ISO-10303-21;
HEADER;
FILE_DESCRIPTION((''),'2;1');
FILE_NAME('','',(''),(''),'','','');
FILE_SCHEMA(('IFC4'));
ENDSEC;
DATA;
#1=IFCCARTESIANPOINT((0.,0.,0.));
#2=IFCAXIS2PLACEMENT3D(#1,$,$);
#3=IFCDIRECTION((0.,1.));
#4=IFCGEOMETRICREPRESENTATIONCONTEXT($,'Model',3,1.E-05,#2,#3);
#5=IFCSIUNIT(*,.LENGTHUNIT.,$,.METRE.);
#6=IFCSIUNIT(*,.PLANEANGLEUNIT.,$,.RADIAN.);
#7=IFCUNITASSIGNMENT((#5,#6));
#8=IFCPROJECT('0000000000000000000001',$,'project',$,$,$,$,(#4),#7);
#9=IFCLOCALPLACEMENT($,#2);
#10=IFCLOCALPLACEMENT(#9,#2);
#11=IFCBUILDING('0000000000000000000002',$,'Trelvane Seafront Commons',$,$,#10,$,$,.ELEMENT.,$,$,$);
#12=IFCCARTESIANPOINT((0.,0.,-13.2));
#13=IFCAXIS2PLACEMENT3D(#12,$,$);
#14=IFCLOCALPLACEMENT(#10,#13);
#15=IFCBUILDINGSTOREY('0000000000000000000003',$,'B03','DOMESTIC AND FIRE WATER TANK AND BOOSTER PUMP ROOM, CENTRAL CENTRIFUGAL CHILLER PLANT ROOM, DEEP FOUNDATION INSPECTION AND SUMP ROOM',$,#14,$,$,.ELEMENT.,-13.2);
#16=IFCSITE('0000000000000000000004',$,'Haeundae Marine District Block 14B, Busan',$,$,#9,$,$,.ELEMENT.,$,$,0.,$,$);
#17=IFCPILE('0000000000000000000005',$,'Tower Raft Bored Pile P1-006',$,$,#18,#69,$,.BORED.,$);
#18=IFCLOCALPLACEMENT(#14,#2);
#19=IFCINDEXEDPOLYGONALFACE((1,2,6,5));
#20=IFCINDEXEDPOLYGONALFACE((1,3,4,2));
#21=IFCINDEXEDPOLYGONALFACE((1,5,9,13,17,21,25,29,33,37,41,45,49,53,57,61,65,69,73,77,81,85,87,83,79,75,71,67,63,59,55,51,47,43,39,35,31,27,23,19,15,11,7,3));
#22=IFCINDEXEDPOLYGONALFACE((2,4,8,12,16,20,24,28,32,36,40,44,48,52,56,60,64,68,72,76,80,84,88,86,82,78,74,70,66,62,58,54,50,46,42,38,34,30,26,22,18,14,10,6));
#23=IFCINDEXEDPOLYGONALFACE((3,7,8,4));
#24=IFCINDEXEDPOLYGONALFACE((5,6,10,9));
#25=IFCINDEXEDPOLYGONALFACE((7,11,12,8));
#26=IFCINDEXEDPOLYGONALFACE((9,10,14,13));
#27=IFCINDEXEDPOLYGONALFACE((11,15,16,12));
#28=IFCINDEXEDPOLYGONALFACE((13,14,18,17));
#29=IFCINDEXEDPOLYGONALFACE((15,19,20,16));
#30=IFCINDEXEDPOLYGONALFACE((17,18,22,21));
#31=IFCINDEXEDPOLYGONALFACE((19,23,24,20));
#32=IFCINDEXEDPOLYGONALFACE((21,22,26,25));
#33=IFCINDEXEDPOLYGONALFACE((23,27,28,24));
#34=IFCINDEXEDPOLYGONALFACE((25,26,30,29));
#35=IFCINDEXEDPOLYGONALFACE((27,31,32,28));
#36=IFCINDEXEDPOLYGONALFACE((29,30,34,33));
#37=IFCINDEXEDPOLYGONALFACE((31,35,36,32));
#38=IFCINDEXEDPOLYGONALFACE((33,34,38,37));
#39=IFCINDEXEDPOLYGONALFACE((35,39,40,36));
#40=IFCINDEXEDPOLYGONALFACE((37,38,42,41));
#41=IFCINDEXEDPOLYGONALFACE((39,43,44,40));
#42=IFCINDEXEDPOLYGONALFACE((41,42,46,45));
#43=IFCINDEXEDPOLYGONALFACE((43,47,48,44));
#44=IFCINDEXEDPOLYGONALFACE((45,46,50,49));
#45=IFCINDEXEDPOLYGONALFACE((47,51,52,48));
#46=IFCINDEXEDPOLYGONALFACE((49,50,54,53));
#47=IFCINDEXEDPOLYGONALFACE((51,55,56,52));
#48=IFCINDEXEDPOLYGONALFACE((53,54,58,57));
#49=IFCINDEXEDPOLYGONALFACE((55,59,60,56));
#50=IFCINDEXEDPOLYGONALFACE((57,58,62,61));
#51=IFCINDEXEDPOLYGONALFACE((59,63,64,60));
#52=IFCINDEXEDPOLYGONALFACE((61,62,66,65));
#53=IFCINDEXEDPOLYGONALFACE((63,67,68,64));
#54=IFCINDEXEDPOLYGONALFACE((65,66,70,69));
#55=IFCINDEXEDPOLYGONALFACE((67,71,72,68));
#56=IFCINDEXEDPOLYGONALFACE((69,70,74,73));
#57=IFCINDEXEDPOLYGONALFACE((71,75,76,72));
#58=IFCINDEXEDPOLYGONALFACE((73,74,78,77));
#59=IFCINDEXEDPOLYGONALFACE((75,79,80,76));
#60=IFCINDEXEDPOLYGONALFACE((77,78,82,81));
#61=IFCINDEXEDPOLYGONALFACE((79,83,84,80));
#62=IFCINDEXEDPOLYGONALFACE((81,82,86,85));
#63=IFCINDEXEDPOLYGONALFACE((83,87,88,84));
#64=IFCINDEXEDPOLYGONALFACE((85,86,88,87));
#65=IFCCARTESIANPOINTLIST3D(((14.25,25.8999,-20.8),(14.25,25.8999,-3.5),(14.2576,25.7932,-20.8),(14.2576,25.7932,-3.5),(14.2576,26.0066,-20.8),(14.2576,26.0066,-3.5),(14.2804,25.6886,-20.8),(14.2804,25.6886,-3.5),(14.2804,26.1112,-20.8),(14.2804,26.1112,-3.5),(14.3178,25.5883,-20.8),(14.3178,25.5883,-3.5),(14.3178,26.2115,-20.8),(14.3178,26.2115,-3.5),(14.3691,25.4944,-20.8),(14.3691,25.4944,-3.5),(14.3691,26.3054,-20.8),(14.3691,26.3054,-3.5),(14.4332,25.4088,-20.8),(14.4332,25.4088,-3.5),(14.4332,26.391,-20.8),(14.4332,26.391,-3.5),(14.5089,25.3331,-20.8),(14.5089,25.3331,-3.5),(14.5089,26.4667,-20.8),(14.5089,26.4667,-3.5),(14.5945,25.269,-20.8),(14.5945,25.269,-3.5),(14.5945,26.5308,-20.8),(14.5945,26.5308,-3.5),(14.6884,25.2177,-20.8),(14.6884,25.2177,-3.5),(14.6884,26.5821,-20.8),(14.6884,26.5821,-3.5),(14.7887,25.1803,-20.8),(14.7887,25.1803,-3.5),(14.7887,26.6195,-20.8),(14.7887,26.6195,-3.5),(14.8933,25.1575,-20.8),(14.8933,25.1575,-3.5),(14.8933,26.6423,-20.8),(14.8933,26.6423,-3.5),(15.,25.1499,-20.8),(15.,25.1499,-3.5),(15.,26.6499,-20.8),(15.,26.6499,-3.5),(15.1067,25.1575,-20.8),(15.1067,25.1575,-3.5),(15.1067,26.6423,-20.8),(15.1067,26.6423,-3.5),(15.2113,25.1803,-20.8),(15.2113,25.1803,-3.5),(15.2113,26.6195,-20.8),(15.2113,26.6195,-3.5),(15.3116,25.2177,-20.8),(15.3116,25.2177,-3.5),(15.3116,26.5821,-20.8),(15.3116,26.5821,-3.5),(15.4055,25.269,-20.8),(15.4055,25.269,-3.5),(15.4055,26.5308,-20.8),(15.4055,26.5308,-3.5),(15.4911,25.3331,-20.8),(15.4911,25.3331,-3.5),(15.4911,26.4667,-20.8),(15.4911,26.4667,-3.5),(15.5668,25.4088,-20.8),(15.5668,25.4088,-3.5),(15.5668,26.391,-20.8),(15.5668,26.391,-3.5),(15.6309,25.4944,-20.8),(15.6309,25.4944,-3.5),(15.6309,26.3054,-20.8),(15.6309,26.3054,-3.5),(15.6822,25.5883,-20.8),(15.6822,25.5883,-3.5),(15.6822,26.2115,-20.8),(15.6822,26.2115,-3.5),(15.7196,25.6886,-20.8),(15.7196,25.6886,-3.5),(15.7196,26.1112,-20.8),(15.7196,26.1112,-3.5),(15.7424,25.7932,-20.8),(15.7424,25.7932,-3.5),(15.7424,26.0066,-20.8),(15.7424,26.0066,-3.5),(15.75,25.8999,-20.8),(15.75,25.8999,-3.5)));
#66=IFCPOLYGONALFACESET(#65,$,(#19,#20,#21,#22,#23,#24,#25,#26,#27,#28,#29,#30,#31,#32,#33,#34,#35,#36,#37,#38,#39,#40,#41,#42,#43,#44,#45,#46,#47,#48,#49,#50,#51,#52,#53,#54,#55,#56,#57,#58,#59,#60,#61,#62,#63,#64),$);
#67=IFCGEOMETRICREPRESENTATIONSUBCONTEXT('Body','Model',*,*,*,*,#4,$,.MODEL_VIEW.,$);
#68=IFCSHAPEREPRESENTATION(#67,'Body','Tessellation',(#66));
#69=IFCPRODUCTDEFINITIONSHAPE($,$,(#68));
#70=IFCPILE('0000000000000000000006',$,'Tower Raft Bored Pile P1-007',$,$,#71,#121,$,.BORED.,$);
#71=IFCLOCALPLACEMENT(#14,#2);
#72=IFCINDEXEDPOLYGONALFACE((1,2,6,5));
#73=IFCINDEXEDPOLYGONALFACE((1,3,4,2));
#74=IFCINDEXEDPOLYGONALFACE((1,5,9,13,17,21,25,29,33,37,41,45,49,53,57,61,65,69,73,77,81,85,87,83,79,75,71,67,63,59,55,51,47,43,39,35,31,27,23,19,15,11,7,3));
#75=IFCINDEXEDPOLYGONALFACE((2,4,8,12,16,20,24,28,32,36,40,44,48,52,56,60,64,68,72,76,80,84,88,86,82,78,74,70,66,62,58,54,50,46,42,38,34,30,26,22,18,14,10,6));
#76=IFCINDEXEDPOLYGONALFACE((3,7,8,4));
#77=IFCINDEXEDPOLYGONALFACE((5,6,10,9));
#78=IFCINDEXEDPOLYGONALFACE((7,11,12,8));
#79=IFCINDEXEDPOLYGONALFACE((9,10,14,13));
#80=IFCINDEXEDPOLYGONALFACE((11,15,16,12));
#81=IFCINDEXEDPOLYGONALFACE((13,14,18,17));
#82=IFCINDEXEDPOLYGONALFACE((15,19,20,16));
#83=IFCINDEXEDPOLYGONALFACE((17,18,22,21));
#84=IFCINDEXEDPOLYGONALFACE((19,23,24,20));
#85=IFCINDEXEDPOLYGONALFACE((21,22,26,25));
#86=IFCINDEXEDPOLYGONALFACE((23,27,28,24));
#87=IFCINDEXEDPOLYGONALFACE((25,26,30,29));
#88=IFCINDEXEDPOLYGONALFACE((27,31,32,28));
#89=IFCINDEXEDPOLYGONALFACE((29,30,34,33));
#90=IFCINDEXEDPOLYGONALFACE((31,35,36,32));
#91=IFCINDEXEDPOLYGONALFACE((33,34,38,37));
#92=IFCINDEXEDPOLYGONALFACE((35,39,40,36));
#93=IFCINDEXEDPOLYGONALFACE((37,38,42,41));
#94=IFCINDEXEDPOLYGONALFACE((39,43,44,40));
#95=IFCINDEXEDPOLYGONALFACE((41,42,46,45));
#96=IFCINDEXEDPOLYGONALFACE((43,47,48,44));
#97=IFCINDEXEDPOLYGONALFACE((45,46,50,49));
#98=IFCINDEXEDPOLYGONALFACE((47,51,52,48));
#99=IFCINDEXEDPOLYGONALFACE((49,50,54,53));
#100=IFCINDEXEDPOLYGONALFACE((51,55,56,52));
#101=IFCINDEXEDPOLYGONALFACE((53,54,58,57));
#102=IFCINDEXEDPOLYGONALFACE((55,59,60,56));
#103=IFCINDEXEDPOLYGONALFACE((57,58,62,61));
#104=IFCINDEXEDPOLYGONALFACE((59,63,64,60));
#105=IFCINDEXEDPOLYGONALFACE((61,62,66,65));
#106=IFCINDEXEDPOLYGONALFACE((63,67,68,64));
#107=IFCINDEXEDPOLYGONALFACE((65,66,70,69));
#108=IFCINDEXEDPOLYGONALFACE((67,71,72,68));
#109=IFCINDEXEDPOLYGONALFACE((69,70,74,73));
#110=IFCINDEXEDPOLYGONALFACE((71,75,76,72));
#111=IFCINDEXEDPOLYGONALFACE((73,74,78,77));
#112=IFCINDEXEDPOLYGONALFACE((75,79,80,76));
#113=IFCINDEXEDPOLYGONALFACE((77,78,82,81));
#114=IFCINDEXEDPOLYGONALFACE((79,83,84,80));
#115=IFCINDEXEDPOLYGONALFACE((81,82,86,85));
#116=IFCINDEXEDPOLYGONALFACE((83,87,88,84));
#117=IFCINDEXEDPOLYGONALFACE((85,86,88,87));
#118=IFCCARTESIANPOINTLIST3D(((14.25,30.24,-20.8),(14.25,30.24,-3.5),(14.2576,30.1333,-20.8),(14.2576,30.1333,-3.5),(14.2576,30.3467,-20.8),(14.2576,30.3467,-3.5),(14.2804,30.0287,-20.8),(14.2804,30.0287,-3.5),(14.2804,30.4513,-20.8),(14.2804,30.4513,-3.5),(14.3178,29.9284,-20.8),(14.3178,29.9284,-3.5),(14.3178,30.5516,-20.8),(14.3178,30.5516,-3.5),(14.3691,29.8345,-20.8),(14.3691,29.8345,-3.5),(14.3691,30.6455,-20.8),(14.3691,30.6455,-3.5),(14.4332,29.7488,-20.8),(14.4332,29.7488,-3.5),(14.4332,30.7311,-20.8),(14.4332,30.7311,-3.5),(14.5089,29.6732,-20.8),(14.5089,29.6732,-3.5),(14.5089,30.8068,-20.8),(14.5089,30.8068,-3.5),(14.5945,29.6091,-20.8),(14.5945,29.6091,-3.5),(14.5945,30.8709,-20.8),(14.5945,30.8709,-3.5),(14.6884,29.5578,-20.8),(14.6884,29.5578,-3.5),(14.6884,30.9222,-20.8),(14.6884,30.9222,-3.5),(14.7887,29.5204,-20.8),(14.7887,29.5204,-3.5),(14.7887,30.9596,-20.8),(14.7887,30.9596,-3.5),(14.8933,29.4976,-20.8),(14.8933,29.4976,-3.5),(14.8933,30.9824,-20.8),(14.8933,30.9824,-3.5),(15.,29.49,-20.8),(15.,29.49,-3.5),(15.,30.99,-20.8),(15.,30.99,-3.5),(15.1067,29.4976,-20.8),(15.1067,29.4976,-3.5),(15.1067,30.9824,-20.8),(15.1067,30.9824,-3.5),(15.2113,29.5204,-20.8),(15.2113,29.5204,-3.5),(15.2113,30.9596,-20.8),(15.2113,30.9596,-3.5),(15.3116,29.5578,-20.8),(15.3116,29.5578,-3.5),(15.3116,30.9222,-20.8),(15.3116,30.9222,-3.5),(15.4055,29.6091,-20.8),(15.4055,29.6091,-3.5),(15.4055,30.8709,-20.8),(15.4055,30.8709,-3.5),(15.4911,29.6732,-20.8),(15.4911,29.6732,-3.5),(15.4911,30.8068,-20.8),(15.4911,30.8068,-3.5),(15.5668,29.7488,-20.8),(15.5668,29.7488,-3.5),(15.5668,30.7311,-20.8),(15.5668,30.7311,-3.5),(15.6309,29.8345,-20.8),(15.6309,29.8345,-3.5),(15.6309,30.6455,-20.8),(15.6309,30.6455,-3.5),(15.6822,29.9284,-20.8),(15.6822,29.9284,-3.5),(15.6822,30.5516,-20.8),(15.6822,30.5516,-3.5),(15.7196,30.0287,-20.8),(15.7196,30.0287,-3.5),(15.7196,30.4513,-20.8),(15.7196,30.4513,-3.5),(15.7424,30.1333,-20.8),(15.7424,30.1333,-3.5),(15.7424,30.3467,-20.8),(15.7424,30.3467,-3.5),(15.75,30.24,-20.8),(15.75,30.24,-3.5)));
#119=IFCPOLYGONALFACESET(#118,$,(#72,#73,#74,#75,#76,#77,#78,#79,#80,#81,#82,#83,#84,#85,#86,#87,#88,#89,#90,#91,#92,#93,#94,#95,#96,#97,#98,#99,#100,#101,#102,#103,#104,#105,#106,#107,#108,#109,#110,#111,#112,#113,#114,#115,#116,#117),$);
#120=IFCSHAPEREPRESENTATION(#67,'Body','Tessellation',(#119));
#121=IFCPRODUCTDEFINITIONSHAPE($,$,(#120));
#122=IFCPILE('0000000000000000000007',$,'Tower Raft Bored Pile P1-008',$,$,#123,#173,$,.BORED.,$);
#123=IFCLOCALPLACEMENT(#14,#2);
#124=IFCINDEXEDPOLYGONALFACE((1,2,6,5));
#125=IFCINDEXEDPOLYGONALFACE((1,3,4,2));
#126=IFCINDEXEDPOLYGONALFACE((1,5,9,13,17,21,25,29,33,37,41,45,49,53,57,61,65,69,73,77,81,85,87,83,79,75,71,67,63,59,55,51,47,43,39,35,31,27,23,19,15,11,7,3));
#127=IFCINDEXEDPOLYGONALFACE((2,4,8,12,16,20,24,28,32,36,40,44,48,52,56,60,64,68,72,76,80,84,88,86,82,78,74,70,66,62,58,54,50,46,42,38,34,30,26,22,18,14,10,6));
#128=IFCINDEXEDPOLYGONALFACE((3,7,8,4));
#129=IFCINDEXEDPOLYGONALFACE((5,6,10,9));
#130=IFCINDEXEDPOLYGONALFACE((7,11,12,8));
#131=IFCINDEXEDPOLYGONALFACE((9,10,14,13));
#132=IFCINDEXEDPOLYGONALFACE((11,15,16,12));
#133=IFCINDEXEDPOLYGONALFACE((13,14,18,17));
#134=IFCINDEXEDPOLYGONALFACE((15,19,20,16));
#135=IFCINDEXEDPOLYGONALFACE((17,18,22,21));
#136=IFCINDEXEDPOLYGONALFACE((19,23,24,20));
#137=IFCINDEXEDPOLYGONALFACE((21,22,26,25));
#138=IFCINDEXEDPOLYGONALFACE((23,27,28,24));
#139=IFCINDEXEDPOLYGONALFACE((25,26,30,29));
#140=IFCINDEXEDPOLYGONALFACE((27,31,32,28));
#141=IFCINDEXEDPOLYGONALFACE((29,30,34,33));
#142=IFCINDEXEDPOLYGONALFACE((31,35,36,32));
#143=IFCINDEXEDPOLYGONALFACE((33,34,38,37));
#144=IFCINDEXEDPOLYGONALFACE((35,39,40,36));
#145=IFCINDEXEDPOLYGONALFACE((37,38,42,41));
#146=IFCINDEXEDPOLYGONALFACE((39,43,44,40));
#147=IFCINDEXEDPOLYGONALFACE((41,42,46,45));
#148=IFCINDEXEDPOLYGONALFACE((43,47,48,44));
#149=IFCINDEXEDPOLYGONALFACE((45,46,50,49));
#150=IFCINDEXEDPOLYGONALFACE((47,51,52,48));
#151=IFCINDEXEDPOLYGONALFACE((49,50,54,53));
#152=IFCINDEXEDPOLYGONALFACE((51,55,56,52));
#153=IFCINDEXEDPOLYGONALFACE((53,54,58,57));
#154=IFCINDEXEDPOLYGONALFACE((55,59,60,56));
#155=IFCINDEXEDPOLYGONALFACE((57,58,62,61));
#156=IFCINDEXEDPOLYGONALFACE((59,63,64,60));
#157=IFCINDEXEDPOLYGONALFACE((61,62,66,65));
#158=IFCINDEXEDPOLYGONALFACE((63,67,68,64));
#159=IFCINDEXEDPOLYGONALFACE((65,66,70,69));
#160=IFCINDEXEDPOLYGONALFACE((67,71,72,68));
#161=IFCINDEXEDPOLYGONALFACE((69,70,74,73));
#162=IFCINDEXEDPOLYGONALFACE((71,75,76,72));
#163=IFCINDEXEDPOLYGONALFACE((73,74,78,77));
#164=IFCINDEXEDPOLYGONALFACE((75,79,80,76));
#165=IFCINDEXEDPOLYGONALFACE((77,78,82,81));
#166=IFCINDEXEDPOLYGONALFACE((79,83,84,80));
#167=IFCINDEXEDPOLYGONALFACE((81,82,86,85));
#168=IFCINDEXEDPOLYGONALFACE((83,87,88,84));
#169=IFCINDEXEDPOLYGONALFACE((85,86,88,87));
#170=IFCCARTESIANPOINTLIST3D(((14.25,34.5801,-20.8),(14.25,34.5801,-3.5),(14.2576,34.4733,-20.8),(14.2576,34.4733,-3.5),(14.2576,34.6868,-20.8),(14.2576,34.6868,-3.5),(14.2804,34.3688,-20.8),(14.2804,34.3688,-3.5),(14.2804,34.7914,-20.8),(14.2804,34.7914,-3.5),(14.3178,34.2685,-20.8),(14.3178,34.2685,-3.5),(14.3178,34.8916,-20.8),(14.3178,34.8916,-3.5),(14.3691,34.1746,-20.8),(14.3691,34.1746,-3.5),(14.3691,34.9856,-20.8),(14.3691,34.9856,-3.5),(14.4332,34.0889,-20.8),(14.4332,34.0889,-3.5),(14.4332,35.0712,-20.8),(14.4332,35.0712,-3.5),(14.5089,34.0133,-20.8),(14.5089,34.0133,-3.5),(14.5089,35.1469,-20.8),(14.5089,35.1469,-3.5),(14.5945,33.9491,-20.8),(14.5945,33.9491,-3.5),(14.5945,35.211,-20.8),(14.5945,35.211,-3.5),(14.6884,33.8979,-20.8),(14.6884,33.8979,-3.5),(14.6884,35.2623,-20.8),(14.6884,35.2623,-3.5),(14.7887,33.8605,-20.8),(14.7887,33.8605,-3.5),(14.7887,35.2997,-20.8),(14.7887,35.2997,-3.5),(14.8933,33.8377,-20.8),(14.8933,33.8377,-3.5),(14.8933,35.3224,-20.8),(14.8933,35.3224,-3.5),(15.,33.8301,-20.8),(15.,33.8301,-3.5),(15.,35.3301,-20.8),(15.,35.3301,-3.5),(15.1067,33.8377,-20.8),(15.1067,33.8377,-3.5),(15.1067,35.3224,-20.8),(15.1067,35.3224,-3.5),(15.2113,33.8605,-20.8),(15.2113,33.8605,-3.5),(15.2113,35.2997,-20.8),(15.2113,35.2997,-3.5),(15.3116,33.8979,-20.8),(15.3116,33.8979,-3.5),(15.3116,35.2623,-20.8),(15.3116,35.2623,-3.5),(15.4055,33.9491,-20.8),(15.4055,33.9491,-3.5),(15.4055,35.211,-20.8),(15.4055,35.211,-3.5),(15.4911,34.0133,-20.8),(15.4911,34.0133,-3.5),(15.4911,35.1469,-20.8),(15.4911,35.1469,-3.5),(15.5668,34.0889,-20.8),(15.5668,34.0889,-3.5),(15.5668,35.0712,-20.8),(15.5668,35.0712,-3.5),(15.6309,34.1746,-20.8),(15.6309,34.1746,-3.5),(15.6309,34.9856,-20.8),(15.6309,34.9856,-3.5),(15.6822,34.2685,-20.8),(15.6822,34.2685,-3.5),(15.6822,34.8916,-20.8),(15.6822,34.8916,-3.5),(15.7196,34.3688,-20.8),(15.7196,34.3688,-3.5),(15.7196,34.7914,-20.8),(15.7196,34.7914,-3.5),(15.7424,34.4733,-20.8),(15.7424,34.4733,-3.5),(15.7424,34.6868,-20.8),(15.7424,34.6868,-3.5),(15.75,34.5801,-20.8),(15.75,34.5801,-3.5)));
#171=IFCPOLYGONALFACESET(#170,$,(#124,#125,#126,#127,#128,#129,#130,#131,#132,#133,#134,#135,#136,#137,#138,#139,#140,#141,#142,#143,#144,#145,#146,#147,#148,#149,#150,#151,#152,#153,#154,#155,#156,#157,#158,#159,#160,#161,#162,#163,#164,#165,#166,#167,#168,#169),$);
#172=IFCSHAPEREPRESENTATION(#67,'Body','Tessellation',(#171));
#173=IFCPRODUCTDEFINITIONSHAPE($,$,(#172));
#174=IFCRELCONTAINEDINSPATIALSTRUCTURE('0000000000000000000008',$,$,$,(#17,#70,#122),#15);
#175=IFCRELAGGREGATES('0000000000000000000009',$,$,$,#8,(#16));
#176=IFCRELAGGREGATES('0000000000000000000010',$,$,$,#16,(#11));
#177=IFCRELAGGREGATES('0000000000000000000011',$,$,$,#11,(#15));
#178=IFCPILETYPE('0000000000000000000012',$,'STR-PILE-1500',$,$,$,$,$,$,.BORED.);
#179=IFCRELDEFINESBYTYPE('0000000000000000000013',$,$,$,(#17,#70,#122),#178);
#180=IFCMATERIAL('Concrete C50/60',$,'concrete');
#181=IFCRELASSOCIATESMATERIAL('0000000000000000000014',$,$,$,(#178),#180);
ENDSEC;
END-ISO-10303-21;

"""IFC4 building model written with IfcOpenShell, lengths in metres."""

from ifc_helpers import new_model, si_unit, direction, frame, origin, origin_2d, place, context, subcontext, project, spatial, circle, extrude, source, transform, mapped, material, material_profile, profile_set, type_object, element, save


model = new_model("IFC4")

# Units and contexts
model_context = context("Model", 3, precision=1e-05, world=origin(), true_north=direction((0.0, 1.0)))
body_context = subcontext(model_context, "Body", "Model", "MODEL_VIEW")
ifc_project = project(units=[si_unit("LENGTHUNIT", "METRE"), si_unit("PLANEANGLEUNIT", "RADIAN")], contexts=[model_context])

# Site, building, storey
site_placement = place(None, origin())
site = spatial("IfcSite", under=ifc_project, at=site_placement, Name="Haeundae Marine District Block 14B, Busan", CompositionType="ELEMENT", RefElevation=0.0)
building_placement = place(site_placement, origin())
building = spatial("IfcBuilding", under=site, at=building_placement, Name="Trelvane Seafront Commons", CompositionType="ELEMENT")
storey_placement = place(building_placement, frame((0.0, 0.0, -13.2)))
storey = spatial("IfcBuildingStorey", under=building, at=storey_placement, Name="B03", Description="DOMESTIC AND FIRE WATER TANK AND BOOSTER PUMP ROOM, CENTRAL CENTRIFUGAL CHILLER PLANT ROOM, DEEP FOUNDATION INSPECTION AND SUMP ROOM", CompositionType="ELEMENT", Elevation=-13.2)

# Piles
ifc_material_1 = material(Name="Concrete C50/60", Category="concrete")
ifc_material_profile_1 = material_profile(ifc_material_1, circle(Radius=0.75, at=origin_2d()), Name="PILE-1500")
ifc_profile_set_1 = profile_set([ifc_material_profile_1], Name="Concrete C50/60")
pile_type_1 = type_object("IfcPileType", Name="STR-PILE-1500", PredefinedType="BORED", material=ifc_profile_set_1)
shared_shape_1 = source(origin(), body_context, "Body", "SweptSolid", [
    extrude(circle(Radius=0.75, at=origin_2d()), origin(), (0.0, 0.0, 1.0), 17.3),
])
for number, where, z_axis, x_axis, name in (
    (1, (15.0, 25.8999, -3.5), (0.0, 0.0, -1.0), (1.0, 0.0, 0.0), "Tower Raft Bored Pile P1-006"),
    (2, (15.0, 30.24, -3.5), (0.0, 0.0, -1.0), (1.0, 0.0, 0.0), "Tower Raft Bored Pile P1-007"),
    (3, (15.0, 34.5801, -3.5), (0.0, 0.0, -1.0), (1.0, 0.0, 0.0), "Tower Raft Bored Pile P1-008"),
):
    element("IfcPile", number, at=place(storey_placement, frame(where, z_axis=z_axis, x_axis=x_axis)), inside=storey, type_object=pile_type_1, Name=name, PredefinedType="BORED", context=body_context, shape_type="MappedRepresentation", body=[
        mapped(shared_shape_1, transform((0.0, 0.0, 0.0), x_axis=(1.0, 0.0, 0.0), y_axis=(0.0, 1.0, 0.0), z_axis=(0.0, 0.0, 1.0), scale=1.0)),
    ])

save(model, "model.ifc")
